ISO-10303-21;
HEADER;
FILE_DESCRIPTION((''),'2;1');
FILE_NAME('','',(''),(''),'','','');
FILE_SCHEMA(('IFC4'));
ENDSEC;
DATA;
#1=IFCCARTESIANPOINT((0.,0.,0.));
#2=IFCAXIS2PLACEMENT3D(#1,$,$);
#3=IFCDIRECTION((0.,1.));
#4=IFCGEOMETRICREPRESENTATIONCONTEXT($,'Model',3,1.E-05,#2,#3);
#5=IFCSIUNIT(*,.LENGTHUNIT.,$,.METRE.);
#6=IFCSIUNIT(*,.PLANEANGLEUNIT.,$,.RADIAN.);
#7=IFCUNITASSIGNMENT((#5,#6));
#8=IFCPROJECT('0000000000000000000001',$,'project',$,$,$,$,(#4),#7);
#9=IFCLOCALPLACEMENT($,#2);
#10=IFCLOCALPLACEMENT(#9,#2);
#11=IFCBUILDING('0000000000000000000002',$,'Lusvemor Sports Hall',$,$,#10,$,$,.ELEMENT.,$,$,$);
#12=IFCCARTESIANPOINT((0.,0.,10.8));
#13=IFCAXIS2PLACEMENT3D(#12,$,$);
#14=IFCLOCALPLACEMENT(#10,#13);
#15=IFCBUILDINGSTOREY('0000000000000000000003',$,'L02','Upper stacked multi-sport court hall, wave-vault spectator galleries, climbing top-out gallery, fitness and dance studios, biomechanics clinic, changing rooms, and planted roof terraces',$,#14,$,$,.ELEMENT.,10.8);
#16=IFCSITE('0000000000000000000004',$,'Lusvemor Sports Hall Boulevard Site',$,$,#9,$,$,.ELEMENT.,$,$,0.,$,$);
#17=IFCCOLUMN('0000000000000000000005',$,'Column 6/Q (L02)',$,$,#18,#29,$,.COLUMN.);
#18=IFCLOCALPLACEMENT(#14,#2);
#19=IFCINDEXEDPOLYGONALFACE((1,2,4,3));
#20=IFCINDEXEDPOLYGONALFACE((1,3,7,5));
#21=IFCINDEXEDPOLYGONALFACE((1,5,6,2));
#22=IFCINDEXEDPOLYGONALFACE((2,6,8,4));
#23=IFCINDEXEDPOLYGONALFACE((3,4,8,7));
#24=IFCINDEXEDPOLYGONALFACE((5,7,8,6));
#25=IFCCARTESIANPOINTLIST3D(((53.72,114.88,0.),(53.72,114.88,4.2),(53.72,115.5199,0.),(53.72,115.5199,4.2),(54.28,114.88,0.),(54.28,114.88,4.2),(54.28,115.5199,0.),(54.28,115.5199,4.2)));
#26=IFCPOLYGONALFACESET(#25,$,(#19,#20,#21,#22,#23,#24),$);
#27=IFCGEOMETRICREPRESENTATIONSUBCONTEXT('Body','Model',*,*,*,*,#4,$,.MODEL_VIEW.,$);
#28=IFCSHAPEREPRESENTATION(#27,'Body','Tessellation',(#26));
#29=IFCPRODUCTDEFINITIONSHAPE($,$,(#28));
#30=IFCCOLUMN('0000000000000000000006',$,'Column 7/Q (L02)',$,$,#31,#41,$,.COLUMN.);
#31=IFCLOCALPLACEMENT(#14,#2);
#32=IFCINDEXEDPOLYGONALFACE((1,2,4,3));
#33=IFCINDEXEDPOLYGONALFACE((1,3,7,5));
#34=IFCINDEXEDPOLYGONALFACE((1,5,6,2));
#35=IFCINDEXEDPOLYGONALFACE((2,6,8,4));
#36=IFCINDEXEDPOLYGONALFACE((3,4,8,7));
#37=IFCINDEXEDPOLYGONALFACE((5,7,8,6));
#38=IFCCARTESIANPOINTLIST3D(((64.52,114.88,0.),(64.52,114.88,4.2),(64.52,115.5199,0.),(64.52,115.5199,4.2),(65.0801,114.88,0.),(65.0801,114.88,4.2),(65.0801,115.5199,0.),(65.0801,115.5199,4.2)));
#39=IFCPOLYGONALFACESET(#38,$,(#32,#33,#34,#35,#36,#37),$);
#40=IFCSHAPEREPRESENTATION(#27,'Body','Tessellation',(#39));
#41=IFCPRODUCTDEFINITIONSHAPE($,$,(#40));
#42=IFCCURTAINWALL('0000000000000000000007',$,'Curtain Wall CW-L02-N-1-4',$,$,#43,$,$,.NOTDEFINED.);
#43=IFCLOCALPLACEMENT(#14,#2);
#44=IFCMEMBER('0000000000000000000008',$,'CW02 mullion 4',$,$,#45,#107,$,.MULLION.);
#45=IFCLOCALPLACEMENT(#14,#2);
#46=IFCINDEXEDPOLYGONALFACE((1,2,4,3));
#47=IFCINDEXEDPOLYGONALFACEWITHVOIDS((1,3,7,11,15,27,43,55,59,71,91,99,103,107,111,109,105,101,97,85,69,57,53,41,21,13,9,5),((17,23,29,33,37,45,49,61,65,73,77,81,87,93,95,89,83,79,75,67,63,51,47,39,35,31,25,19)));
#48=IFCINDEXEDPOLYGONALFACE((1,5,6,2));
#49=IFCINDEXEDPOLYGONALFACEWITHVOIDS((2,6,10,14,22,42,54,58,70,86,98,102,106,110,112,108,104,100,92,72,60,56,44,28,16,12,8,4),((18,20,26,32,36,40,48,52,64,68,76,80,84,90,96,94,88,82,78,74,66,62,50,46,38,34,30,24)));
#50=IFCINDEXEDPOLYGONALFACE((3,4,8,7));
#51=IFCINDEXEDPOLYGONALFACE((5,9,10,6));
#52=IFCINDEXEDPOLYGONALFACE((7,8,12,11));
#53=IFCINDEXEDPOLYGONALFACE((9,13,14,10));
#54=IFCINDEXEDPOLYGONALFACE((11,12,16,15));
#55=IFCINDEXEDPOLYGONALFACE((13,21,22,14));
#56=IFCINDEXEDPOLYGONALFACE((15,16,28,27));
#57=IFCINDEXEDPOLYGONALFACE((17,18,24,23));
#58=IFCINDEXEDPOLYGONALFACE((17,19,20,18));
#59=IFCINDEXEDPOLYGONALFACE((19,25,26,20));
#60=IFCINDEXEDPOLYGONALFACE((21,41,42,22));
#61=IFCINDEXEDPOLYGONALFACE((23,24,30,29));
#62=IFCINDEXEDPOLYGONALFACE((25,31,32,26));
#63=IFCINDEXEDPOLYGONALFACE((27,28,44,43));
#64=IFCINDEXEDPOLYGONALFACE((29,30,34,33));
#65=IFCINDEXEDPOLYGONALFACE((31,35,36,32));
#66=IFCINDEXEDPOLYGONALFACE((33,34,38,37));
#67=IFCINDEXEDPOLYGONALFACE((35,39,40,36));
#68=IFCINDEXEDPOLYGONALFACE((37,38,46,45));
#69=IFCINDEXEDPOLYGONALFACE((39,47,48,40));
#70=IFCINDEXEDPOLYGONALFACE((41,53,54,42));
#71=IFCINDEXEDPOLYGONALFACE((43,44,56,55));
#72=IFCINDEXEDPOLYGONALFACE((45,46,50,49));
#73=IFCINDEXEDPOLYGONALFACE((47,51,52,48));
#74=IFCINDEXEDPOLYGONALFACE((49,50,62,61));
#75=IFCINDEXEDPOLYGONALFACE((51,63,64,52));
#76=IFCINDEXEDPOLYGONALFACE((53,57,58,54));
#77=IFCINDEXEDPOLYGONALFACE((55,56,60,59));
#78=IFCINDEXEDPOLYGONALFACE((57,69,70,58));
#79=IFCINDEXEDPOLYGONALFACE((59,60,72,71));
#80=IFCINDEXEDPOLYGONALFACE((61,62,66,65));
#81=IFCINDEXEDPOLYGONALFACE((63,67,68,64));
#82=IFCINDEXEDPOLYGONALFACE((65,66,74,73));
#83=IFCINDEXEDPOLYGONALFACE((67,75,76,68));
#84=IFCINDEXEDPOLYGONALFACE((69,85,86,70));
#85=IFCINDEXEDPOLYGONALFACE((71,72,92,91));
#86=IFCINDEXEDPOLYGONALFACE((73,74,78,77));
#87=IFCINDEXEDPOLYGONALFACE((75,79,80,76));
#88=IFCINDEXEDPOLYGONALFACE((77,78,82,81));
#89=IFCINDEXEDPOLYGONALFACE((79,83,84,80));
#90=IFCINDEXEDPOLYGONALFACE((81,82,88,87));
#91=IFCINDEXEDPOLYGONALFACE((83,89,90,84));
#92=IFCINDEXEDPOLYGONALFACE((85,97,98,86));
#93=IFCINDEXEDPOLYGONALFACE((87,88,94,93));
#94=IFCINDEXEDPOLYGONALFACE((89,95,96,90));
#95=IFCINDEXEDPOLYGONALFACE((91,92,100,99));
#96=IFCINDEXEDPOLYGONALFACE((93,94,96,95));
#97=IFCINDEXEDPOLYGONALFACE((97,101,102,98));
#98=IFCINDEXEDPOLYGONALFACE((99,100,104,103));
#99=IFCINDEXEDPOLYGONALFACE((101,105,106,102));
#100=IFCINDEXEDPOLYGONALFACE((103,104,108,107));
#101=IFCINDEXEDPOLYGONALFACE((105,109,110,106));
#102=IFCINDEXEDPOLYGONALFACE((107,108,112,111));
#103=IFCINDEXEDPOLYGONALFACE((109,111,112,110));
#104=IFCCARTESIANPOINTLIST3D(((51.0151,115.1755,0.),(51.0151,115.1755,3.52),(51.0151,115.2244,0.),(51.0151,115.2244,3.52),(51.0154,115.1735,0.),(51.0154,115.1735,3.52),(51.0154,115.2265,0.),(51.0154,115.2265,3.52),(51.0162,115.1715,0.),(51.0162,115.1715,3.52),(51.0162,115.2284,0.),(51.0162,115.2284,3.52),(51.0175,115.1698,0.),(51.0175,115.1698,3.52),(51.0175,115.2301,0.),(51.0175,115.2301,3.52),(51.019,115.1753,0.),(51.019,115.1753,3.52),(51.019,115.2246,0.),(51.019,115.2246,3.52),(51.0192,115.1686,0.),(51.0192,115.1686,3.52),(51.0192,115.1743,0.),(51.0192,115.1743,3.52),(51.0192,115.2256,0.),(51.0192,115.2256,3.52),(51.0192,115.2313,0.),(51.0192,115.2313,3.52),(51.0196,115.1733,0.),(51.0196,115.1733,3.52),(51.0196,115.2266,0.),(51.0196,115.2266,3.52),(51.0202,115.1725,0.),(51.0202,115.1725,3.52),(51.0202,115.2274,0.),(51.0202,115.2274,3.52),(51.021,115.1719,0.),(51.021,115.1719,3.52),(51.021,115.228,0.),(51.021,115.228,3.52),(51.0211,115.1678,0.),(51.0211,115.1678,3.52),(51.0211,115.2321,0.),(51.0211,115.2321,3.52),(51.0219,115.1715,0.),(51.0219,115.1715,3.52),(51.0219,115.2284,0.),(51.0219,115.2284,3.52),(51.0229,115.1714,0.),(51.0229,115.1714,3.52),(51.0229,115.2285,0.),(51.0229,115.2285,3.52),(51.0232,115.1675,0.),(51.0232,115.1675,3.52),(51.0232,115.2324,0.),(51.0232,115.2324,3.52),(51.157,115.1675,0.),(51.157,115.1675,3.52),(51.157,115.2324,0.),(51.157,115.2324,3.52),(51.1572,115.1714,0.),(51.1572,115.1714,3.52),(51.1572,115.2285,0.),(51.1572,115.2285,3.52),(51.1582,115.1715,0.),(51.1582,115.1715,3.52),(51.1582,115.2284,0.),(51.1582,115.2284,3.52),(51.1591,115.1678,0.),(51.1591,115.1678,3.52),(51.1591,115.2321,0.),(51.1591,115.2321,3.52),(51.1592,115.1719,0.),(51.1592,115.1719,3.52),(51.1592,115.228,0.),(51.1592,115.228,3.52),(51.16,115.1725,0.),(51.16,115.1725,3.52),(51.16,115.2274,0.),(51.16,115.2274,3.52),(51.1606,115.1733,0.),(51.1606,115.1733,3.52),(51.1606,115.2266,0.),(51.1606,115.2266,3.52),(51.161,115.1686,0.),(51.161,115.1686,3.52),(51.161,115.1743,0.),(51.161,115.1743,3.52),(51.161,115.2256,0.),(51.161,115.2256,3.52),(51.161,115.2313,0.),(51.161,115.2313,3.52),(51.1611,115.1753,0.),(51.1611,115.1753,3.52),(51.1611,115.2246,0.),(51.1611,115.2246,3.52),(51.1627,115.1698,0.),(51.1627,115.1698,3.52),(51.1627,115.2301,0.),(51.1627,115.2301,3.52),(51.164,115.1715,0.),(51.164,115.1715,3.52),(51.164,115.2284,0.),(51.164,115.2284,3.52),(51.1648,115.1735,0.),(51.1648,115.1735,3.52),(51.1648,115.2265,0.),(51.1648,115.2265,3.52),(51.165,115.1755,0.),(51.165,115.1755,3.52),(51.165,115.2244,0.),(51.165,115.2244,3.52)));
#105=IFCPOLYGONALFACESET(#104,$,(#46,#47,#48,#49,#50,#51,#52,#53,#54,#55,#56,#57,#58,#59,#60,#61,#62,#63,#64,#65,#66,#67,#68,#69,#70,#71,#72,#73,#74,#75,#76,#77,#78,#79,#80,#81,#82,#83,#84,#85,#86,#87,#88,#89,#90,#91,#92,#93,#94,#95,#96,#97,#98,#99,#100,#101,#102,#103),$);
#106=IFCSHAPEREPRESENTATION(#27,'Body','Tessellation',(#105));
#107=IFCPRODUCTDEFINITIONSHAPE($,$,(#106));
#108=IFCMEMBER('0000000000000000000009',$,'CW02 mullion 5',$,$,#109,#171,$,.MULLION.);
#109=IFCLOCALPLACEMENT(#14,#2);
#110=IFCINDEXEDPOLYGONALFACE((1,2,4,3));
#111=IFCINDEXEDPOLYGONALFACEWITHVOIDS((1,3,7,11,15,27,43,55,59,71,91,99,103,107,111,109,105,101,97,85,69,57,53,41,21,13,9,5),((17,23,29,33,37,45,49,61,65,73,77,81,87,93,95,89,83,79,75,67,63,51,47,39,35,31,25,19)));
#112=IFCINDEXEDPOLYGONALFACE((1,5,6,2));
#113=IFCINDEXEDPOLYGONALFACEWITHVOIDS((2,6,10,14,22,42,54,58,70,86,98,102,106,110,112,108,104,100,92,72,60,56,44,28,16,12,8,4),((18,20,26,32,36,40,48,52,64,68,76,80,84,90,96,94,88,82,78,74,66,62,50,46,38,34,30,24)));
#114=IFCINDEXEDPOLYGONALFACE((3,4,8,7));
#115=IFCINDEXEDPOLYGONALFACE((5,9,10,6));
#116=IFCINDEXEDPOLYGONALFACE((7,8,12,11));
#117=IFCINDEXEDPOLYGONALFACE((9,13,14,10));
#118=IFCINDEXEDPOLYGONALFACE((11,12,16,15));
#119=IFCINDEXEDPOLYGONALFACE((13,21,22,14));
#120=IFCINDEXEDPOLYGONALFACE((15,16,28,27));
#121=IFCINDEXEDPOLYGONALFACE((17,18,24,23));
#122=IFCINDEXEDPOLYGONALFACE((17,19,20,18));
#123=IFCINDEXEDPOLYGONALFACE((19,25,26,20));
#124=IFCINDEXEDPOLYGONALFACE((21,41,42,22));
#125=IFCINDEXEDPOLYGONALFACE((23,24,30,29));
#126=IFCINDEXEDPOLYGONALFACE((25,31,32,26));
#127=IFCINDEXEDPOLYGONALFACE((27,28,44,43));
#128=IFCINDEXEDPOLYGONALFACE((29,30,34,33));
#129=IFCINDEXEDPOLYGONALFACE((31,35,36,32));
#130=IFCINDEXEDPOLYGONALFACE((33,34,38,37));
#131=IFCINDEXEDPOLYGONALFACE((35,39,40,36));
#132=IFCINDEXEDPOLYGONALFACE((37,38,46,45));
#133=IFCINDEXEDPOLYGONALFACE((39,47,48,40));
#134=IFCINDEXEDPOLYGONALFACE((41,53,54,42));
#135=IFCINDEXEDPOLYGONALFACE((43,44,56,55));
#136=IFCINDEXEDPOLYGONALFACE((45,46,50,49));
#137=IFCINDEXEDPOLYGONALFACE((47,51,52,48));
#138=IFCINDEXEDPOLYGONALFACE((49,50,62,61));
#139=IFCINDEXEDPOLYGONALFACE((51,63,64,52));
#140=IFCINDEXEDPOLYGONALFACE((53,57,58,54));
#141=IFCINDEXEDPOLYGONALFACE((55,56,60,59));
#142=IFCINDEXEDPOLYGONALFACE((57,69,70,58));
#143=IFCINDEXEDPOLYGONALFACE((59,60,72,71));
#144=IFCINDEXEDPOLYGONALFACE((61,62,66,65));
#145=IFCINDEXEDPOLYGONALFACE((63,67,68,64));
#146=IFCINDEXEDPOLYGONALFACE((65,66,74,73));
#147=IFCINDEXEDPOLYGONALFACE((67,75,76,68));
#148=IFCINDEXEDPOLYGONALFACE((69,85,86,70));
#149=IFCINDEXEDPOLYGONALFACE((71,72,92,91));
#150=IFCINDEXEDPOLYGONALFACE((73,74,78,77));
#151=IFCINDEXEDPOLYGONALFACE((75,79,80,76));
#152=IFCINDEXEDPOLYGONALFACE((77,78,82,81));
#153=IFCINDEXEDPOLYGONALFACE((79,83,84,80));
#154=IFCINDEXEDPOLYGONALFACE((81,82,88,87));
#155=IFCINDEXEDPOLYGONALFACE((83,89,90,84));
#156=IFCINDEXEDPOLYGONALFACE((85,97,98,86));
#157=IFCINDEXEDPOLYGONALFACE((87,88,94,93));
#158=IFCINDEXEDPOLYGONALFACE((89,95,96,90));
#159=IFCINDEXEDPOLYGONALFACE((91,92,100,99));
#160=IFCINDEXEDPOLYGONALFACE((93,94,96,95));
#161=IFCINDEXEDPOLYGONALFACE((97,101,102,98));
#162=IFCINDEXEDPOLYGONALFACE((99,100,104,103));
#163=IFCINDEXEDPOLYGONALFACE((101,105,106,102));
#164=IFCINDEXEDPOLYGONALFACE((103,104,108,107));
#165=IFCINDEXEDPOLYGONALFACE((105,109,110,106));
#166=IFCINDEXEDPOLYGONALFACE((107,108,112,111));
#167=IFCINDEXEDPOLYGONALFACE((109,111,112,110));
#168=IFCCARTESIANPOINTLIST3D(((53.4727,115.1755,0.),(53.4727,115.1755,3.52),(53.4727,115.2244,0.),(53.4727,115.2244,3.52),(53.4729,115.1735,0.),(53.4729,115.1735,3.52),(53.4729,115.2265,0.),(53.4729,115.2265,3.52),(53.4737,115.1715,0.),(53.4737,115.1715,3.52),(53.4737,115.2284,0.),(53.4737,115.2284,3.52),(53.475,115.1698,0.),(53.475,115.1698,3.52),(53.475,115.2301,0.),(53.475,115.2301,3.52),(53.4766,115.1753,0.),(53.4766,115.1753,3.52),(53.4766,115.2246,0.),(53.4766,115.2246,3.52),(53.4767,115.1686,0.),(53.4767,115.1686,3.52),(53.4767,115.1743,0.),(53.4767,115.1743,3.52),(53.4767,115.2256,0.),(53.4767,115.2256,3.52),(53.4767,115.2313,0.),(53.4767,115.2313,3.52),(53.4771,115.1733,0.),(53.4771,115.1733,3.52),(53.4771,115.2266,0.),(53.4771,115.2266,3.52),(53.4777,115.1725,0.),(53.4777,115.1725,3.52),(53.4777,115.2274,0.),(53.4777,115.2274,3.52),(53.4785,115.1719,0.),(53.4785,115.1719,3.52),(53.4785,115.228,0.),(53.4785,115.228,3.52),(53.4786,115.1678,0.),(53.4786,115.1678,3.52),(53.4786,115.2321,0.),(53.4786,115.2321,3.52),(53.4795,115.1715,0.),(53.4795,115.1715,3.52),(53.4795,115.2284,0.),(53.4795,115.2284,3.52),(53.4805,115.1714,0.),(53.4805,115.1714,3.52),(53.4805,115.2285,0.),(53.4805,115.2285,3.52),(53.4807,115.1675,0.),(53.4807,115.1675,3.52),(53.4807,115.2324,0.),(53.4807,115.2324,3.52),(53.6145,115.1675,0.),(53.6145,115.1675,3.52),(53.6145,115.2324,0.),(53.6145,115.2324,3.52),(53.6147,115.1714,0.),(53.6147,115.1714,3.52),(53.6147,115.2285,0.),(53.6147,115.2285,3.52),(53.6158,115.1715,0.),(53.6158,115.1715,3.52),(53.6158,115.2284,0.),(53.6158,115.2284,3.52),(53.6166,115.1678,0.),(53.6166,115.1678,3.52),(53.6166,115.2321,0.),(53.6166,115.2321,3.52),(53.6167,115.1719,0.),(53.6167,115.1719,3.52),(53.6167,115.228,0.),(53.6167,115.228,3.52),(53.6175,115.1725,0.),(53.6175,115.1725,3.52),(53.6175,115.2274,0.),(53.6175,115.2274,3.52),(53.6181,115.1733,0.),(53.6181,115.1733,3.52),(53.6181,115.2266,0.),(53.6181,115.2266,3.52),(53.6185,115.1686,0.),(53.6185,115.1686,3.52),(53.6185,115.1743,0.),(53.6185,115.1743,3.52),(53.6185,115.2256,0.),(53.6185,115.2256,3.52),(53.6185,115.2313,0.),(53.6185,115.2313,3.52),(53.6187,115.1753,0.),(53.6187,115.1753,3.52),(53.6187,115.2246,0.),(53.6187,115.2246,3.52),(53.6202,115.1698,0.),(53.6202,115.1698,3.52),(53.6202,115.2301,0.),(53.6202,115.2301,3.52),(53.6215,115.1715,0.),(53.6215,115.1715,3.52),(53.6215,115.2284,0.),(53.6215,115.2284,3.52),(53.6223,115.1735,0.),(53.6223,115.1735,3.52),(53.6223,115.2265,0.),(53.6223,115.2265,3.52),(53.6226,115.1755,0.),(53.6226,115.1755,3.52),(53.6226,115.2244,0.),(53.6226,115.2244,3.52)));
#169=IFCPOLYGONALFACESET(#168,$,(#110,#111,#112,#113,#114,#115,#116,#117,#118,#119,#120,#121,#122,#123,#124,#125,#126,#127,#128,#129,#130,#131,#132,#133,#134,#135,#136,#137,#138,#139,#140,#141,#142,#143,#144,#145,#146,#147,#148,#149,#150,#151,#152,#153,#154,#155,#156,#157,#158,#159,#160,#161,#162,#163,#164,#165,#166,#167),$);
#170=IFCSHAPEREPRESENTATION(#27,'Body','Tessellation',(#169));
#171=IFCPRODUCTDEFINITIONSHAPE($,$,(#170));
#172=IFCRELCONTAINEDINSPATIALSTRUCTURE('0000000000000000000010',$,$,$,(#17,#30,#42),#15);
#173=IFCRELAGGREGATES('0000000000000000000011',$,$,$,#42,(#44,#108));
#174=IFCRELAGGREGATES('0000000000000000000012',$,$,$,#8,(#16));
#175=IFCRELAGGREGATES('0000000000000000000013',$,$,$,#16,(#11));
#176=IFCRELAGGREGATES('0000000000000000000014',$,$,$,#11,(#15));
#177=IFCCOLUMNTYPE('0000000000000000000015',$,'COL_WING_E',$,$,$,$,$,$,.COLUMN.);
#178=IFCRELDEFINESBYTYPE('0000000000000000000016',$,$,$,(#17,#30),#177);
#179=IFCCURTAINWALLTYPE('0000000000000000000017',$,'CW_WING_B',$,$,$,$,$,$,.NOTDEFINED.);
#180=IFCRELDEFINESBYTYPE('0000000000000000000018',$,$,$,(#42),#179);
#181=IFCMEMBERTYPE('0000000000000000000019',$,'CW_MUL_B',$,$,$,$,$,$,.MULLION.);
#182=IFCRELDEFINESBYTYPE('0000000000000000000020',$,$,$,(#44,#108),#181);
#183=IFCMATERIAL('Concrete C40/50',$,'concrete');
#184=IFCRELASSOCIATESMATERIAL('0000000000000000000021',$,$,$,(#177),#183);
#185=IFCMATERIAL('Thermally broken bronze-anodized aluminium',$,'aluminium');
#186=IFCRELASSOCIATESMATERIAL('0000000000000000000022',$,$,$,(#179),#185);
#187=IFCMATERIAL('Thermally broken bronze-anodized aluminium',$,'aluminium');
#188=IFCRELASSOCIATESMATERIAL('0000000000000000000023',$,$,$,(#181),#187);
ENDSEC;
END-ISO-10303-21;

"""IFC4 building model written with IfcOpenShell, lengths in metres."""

from ifc_helpers import new_model, si_unit, direction, frame, origin, origin_2d, place, context, subcontext, project, spatial, rectangle, hollow_rectangle, extrude, material, material_profile, profile_set, type_object, element, aggregate, save


model = new_model("IFC4")

# Units and contexts
model_context = context("Model", 3, precision=1e-05, world=origin(), true_north=direction((0.0, 1.0)))
body_context = subcontext(model_context, "Body", "Model", "MODEL_VIEW")
ifc_project = project(units=[si_unit("LENGTHUNIT", "METRE"), si_unit("PLANEANGLEUNIT", "RADIAN")], contexts=[model_context])

# Site, building, storey
site_placement = place(None, origin())
site = spatial("IfcSite", under=ifc_project, at=site_placement, Name="Lusvemor Sports Hall Boulevard Site", CompositionType="ELEMENT", RefElevation=0.0)
building_placement = place(site_placement, origin())
building = spatial("IfcBuilding", under=site, at=building_placement, Name="Lusvemor Sports Hall", CompositionType="ELEMENT")
storey_placement = place(building_placement, frame((0.0, 0.0, 10.8)))
storey = spatial("IfcBuildingStorey", under=building, at=storey_placement, Name="L02", Description="Upper stacked multi-sport court hall, wave-vault spectator galleries, climbing top-out gallery, fitness and dance studios, biomechanics clinic, changing rooms, and planted roof terraces", CompositionType="ELEMENT", Elevation=10.8)

# Columns
ifc_material_1 = material(Name="Concrete C40/50", Category="concrete")
ifc_material_profile_1 = material_profile(ifc_material_1, rectangle(XDim=0.5601, YDim=0.6399, at=origin_2d()), Name="RC560x640")
ifc_profile_set_1 = profile_set([ifc_material_profile_1], Name="Concrete C40/50")
column_type = type_object("IfcColumnType", Name="COL_WING_E", PredefinedType="COLUMN", material=ifc_profile_set_1)
for number, where, z_axis, x_axis, name in (
    (1, (54.0, 115.2, 0.0), (0.0, 0.0, 1.0), (1.0, 0.0, 0.0), "Column 6/Q (L02)"),
    (2, (64.8, 115.2, 0.0), (0.0, 0.0, 1.0), (1.0, 0.0, 0.0), "Column 7/Q (L02)"),
):
    element("IfcColumn", number, at=place(storey_placement, frame(where, z_axis=z_axis, x_axis=x_axis)), inside=storey, type_object=column_type, Name=name, PredefinedType="COLUMN", context=body_context, shape_type="SweptSolid", body=[
        extrude(rectangle(XDim=0.5601, YDim=0.6399, at=origin_2d()), origin(), (0.0, 0.0, 1.0), 4.2),
    ])

# Curtain wall, members
ifc_material_2 = material(Name="Thermally broken bronze-anodized aluminium", Category="aluminium")
curtain_wall_type = type_object("IfcCurtainWallType", Name="CW_WING_B", PredefinedType="NOTDEFINED", material=ifc_material_2)
curtain_wall_placement = place(storey_placement, origin())
curtain_wall = element("IfcCurtainWall", 3, at=curtain_wall_placement, inside=storey, type_object=curtain_wall_type, Name="Curtain Wall CW-L02-N-1-4", PredefinedType="NOTDEFINED")
ifc_material_3 = material(Name="Thermally broken bronze-anodized aluminium", Category="aluminium")
ifc_material_profile_2 = material_profile(ifc_material_3, hollow_rectangle(XDim=0.0649, YDim=0.1499, WallThickness=0.0039, InnerFilletRadius=0.0039, OuterFilletRadius=0.0081, at=origin_2d()), Name="CWMUL150x65x4")
ifc_profile_set_2 = profile_set([ifc_material_profile_2], Name="Thermally broken bronze-anodized aluminium")
member_type_1 = type_object("IfcMemberType", Name="CW_MUL_B", PredefinedType="MULLION", material=ifc_profile_set_2)
member_1_placement = place(storey_placement, frame((51.0901, 115.2, 0.0), z_axis=(0.0, 0.0, 1.0), x_axis=(0.0, 1.0, 0.0)))
member_1 = element("IfcMember", 4, at=member_1_placement, type_object=member_type_1, Name="CW02 mullion 4", PredefinedType="MULLION", context=body_context, shape_type="SweptSolid", body=[
    extrude(hollow_rectangle(XDim=0.0649, YDim=0.1499, WallThickness=0.0039, InnerFilletRadius=0.0039, OuterFilletRadius=0.0081, at=origin_2d()), origin(), (0.0, 0.0, 1.0), 3.52),
])
member_2_placement = place(storey_placement, frame((53.5476, 115.2, 0.0), z_axis=(0.0, 0.0, 1.0), x_axis=(0.0, 1.0, 0.0)))
member_2 = element("IfcMember", 5, at=member_2_placement, type_object=member_type_1, Name="CW02 mullion 5", PredefinedType="MULLION", context=body_context, shape_type="SweptSolid", body=[
    extrude(hollow_rectangle(XDim=0.0649, YDim=0.1499, WallThickness=0.0039, InnerFilletRadius=0.0039, OuterFilletRadius=0.0081, at=origin_2d()), origin(), (0.0, 0.0, 1.0), 3.52),
])

aggregate(curtain_wall, [member_1, member_2])

save(model, "model.ifc")
